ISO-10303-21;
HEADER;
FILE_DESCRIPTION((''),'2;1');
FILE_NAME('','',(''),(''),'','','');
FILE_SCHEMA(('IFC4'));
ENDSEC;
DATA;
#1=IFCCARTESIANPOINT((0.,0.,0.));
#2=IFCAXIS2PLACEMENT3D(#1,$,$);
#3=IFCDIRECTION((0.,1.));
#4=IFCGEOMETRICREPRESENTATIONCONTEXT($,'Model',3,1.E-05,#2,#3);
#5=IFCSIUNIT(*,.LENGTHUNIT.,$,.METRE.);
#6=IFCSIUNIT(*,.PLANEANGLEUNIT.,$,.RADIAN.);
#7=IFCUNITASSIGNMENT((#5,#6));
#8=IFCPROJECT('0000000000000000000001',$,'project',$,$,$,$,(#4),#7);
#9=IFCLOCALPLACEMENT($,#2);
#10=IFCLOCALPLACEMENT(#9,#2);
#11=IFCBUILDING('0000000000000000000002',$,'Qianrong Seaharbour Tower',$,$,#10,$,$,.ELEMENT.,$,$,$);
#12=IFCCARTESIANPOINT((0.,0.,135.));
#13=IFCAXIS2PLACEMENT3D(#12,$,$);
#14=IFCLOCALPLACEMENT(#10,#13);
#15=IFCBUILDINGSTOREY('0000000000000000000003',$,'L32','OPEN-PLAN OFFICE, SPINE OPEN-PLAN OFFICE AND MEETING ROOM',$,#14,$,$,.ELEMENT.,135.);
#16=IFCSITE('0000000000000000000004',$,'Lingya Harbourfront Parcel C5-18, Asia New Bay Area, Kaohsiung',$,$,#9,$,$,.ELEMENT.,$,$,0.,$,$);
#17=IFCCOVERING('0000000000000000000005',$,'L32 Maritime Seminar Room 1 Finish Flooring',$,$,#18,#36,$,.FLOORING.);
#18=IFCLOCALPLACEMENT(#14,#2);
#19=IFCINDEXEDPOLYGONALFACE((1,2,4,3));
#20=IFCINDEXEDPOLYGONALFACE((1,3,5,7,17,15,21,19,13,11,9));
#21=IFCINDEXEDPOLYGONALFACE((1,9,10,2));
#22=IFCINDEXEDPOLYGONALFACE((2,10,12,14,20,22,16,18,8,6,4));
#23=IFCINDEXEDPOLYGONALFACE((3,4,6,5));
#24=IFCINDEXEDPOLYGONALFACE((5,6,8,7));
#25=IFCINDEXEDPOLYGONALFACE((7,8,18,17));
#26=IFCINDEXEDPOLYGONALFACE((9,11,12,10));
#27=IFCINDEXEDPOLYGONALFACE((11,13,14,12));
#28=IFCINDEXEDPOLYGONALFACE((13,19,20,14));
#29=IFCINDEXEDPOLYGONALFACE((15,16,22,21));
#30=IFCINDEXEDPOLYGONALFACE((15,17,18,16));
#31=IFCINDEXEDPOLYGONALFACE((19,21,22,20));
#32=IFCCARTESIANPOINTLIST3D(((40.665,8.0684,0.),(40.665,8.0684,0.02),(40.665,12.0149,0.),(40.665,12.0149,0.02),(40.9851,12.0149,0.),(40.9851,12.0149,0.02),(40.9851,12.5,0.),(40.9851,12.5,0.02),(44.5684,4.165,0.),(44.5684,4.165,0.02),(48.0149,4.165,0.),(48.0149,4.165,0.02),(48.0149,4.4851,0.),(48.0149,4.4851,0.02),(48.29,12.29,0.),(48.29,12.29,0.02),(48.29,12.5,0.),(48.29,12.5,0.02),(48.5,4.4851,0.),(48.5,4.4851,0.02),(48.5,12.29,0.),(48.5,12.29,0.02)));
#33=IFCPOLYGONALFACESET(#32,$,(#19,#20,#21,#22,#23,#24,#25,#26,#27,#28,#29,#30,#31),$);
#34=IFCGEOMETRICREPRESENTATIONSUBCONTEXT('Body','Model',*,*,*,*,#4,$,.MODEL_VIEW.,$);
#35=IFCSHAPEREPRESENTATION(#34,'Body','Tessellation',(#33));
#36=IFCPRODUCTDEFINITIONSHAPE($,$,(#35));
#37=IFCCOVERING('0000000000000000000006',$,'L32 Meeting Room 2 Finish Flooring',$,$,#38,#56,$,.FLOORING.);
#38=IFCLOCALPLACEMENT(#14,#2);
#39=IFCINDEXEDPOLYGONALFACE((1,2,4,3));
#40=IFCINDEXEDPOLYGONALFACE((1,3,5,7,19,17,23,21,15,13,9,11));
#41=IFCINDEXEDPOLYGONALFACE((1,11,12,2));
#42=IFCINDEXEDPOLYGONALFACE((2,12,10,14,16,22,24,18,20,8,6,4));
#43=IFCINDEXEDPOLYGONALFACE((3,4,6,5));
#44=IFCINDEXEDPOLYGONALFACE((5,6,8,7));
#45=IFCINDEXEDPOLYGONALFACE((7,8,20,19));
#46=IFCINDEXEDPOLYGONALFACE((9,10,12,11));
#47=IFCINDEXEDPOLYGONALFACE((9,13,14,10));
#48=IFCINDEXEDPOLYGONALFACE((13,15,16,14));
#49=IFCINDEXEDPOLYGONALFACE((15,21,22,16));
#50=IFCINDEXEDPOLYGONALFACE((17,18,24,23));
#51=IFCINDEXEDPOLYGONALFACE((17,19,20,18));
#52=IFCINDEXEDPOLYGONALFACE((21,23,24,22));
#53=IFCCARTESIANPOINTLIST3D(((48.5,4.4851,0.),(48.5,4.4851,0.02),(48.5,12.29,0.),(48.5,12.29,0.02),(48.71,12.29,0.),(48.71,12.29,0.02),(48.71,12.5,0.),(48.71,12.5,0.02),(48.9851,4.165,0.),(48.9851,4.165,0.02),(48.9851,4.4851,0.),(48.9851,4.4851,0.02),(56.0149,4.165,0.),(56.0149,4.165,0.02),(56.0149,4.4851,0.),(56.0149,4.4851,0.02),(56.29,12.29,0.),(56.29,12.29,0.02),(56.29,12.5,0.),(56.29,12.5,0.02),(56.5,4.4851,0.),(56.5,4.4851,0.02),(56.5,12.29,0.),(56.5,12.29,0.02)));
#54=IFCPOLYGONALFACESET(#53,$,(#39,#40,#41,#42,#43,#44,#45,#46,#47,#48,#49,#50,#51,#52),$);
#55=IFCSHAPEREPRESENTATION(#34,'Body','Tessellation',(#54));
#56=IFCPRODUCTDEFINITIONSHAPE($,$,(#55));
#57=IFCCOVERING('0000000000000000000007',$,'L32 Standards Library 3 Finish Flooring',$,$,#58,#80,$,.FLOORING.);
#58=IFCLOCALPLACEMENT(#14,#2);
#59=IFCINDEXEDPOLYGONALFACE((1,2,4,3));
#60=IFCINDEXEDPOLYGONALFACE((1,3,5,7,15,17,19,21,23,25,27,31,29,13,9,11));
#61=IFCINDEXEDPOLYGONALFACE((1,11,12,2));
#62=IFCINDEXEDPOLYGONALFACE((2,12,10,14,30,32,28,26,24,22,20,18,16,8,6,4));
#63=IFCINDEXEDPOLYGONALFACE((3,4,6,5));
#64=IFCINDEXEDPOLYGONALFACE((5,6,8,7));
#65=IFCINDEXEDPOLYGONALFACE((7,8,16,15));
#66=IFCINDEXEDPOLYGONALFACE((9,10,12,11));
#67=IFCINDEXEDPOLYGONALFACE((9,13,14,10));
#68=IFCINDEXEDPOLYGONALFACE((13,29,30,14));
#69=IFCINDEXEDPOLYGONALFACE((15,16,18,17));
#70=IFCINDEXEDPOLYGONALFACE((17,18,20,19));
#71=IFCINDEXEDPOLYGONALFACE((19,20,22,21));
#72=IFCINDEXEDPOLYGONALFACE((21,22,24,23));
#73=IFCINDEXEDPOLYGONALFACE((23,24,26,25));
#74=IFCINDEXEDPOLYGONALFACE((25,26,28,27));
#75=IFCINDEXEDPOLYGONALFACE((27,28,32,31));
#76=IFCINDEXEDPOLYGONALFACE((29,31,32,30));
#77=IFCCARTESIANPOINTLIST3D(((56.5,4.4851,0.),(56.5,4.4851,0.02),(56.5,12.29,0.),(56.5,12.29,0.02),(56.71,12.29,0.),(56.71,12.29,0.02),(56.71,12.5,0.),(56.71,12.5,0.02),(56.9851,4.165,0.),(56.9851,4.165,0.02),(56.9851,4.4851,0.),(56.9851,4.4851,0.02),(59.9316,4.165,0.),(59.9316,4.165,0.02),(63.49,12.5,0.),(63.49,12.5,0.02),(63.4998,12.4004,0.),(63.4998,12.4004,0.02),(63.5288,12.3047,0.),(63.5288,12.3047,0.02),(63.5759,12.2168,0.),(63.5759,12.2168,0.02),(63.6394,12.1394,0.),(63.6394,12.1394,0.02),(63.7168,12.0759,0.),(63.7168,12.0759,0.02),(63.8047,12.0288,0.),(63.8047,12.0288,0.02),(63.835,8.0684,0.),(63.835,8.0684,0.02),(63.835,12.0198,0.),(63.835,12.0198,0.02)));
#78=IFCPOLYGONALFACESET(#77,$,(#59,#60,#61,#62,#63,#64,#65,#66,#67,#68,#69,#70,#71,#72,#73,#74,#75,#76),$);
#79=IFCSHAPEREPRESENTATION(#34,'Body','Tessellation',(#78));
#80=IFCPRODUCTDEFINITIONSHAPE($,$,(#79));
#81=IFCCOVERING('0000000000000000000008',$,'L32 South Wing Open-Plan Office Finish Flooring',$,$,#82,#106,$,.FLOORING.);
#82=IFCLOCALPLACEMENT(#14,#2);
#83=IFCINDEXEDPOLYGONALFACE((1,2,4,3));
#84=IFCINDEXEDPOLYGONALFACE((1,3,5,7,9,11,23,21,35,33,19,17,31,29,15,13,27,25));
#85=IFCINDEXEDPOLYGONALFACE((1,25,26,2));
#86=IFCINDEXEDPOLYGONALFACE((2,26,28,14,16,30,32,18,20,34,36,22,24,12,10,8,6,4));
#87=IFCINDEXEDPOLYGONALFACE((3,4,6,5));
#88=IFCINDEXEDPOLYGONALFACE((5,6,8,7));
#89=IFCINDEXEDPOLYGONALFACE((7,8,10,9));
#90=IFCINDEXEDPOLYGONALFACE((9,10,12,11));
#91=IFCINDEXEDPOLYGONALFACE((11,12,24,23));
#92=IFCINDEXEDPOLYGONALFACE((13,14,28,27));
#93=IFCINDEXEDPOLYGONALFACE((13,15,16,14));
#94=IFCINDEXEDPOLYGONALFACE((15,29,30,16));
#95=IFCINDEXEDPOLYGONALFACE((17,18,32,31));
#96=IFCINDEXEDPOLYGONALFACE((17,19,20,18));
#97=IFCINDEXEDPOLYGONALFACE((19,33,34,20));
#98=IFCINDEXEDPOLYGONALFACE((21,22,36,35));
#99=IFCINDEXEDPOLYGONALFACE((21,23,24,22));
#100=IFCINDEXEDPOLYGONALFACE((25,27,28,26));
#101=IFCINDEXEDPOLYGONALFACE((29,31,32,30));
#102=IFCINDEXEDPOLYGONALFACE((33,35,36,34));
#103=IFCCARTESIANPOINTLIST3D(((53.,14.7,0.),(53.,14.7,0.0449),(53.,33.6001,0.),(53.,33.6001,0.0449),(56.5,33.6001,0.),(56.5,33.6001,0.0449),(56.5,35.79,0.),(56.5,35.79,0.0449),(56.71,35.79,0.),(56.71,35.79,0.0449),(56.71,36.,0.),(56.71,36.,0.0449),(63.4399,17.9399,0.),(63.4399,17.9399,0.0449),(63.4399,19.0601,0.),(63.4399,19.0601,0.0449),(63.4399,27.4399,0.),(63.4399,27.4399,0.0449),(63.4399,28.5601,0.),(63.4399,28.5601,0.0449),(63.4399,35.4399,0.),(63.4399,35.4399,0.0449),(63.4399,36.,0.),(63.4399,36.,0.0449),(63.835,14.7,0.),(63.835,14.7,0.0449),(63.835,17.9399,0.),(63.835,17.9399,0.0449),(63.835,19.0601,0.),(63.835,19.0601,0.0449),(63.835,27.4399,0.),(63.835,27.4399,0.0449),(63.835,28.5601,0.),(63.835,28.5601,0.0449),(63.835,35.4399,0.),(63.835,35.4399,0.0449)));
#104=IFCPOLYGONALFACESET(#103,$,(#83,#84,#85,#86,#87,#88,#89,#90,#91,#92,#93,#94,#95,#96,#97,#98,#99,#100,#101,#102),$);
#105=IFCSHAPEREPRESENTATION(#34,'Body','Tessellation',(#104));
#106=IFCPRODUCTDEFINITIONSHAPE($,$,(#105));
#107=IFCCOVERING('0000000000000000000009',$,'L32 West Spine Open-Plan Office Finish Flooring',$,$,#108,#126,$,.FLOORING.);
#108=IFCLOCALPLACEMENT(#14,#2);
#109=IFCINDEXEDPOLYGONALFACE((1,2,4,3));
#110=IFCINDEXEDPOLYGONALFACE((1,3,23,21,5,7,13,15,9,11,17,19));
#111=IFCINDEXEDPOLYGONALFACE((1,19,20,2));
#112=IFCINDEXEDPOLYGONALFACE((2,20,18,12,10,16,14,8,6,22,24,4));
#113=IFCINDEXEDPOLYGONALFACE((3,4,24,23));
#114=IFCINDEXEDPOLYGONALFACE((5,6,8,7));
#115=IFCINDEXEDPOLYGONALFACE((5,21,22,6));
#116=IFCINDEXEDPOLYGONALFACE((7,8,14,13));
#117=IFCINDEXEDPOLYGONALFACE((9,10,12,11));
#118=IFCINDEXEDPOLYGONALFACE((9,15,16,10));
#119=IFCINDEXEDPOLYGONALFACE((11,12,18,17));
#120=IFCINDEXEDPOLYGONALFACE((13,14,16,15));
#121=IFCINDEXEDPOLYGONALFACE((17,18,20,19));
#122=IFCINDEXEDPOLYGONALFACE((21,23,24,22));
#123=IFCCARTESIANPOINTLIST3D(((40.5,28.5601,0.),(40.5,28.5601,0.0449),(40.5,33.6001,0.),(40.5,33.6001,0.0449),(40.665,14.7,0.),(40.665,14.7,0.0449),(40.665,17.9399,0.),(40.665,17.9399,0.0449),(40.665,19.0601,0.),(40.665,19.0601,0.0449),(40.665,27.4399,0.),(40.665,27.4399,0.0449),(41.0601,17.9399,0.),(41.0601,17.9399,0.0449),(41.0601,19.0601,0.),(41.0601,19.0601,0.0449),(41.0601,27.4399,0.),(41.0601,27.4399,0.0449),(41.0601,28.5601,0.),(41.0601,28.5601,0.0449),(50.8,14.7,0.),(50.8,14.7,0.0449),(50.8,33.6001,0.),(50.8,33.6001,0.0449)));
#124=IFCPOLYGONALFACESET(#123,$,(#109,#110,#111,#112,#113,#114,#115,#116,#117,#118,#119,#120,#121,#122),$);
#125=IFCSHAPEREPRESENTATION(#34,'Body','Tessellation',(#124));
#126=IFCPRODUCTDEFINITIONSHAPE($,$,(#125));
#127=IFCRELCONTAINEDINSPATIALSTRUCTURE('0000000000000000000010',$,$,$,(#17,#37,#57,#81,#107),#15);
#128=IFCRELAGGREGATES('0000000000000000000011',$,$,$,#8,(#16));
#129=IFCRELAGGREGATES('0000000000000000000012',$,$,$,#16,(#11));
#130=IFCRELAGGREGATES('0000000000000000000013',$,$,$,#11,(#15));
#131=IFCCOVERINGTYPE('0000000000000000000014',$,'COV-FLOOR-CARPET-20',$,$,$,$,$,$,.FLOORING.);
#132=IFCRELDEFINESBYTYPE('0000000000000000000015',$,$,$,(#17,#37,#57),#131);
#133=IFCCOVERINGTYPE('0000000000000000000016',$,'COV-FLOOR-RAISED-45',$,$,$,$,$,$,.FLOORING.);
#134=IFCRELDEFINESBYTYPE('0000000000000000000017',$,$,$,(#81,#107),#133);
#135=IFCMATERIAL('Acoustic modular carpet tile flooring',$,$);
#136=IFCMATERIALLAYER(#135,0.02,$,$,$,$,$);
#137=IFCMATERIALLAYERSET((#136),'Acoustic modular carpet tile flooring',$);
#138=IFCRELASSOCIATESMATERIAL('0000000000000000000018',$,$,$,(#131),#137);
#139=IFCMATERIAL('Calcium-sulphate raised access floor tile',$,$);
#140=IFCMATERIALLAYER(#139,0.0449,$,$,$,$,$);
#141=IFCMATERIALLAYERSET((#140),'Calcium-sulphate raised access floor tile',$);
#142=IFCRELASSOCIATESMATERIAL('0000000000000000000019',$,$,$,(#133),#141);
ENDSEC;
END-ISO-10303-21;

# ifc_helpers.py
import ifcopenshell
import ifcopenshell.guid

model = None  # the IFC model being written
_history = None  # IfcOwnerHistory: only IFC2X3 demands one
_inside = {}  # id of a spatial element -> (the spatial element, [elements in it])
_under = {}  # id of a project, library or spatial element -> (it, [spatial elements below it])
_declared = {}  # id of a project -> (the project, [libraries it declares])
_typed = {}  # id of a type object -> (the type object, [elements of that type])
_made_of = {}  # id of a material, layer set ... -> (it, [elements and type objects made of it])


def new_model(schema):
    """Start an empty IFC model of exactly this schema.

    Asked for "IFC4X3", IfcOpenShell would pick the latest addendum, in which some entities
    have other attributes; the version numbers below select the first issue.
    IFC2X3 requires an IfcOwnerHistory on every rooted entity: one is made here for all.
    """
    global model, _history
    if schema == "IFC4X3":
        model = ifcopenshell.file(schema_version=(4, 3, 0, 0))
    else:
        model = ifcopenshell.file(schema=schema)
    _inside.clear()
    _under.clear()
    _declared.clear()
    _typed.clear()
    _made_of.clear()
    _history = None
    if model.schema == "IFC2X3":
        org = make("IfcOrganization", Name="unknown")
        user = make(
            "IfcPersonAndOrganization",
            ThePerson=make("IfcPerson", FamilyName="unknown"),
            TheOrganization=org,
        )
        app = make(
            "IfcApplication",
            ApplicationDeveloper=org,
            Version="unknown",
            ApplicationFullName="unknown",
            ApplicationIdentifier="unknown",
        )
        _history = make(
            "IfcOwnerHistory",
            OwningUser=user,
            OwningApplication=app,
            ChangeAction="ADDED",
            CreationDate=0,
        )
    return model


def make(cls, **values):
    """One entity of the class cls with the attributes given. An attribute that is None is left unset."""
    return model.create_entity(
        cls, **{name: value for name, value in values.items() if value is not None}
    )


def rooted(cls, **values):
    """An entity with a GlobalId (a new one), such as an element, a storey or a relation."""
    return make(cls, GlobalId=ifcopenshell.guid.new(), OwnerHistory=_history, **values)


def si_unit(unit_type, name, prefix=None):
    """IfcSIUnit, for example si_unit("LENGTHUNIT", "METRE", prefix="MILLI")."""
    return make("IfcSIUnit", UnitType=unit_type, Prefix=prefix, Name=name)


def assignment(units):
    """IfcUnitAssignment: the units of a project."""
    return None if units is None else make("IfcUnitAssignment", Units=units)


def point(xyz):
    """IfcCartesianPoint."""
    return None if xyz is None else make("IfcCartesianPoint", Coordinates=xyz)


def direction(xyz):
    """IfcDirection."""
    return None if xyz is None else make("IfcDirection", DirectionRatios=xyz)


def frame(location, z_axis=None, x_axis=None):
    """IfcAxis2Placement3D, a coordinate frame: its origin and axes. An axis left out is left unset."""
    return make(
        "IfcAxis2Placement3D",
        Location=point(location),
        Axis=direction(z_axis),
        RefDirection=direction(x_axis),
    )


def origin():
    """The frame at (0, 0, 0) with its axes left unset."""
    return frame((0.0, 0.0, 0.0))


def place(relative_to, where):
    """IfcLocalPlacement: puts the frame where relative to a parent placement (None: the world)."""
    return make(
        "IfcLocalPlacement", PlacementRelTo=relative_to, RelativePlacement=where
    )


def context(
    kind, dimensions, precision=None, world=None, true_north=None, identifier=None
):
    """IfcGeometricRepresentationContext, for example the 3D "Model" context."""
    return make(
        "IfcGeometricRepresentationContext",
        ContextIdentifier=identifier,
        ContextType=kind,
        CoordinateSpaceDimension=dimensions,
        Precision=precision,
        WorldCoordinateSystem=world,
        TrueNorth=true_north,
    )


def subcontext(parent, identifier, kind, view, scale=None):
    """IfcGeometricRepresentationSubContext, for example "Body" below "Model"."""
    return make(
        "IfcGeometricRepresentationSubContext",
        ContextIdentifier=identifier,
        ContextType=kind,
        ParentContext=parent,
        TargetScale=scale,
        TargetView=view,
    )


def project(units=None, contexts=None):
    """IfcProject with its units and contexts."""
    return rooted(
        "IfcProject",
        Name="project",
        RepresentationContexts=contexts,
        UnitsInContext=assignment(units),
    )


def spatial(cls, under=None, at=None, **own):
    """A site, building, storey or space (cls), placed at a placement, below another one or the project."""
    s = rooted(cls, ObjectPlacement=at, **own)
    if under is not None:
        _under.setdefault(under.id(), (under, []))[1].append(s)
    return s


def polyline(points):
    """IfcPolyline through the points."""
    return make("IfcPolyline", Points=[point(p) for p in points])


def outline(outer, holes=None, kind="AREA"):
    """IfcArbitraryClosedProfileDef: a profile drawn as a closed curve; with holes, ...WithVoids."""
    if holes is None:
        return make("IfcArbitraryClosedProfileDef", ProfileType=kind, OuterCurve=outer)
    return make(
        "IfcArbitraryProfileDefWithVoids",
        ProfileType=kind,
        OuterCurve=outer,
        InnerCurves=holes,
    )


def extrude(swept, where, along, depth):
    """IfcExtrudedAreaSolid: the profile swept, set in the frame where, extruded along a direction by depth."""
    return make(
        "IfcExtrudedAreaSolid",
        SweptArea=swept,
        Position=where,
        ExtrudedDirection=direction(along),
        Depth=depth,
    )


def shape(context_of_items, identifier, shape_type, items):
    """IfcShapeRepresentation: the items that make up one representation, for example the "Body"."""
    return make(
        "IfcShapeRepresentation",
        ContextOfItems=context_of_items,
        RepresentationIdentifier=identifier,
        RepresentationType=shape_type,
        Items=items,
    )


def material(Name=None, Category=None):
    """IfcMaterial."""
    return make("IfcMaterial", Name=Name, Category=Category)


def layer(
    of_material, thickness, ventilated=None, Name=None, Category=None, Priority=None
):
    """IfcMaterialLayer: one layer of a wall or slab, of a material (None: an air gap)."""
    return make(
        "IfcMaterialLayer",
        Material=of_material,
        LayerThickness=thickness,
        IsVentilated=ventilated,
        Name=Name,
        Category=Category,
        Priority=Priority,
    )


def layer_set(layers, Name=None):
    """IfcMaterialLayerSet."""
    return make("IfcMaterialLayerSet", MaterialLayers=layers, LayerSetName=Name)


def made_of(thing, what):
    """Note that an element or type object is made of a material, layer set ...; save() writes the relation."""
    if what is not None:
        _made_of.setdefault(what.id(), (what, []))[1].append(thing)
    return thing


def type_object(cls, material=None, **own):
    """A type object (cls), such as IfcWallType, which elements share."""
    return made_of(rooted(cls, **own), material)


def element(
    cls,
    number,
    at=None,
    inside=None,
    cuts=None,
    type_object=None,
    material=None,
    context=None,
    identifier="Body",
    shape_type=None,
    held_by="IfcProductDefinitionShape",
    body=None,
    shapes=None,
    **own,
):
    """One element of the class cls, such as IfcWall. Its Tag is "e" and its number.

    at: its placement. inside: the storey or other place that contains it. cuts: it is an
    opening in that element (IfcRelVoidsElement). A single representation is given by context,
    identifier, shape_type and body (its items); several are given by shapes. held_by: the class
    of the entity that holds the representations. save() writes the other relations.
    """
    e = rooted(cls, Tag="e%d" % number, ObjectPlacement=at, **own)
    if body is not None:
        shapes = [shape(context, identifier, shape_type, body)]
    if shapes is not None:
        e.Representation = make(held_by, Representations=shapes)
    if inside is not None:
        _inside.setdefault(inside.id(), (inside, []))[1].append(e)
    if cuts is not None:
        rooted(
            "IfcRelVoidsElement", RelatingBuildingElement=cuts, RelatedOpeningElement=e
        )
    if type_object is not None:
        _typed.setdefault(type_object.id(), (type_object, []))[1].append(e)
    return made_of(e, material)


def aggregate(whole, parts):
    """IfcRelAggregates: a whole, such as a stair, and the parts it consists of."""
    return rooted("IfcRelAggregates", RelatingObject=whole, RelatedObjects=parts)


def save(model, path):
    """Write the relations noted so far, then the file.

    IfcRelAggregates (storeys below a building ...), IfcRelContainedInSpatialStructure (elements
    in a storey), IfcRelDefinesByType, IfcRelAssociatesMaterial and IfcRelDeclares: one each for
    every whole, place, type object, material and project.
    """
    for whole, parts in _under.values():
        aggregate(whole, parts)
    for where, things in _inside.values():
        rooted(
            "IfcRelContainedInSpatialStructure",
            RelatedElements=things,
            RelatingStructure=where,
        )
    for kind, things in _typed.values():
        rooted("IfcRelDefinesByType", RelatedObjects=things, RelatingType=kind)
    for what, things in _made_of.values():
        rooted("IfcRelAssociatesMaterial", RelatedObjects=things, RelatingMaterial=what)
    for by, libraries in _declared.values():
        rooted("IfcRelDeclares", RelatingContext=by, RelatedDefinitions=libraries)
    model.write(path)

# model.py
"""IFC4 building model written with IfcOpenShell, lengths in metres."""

from ifc_helpers import new_model, si_unit, direction, frame, origin, place, context, subcontext, project, spatial, polyline, outline, extrude, material, layer, layer_set, type_object, element, save


model = new_model("IFC4")

# Units and contexts
model_context = context("Model", 3, precision=1e-05, world=origin(), true_north=direction((0.0, 1.0)))
body_context = subcontext(model_context, "Body", "Model", "MODEL_VIEW")
ifc_project = project(units=[si_unit("LENGTHUNIT", "METRE"), si_unit("PLANEANGLEUNIT", "RADIAN")], contexts=[model_context])

# Site, building, storey
site_placement = place(None, origin())
site = spatial("IfcSite", under=ifc_project, at=site_placement, Name="Lingya Harbourfront Parcel C5-18, Asia New Bay Area, Kaohsiung", CompositionType="ELEMENT", RefElevation=0.0)
building_placement = place(site_placement, origin())
building = spatial("IfcBuilding", under=site, at=building_placement, Name="Qianrong Seaharbour Tower", CompositionType="ELEMENT")
storey_placement = place(building_placement, frame((0.0, 0.0, 135.0)))
storey = spatial("IfcBuildingStorey", under=building, at=storey_placement, Name="L32", Description="OPEN-PLAN OFFICE, SPINE OPEN-PLAN OFFICE AND MEETING ROOM", CompositionType="ELEMENT", Elevation=135.0)

# Coverings
ifc_material_1 = material(Name="Acoustic modular carpet tile flooring")
ifc_layer_1 = layer(ifc_material_1, 0.02)
ifc_layer_set_1 = layer_set([ifc_layer_1], Name="Acoustic modular carpet tile flooring")
covering_type_1 = type_object("IfcCoveringType", Name="COV-FLOOR-CARPET-20", PredefinedType="FLOORING", material=ifc_layer_set_1)
covering_1_placement = place(storey_placement, origin())
element("IfcCovering", 1, at=covering_1_placement, inside=storey, type_object=covering_type_1, Name="L32 Maritime Seminar Room 1 Finish Flooring", PredefinedType="FLOORING", context=body_context, shape_type="SweptSolid", body=[
    extrude(outline(polyline([(44.5684, 4.165), (40.665, 8.0684), (40.665, 12.0149), (40.9851, 12.0149), (40.9851, 12.5), (48.29, 12.5), (48.29, 12.29), (48.5, 12.29), (48.5, 4.4851), (48.0149, 4.4851), (48.0149, 4.165), (44.5684, 4.165)])), origin(), (0.0, 0.0, 1.0), 0.02),
])
covering_2_placement = place(storey_placement, origin())
element("IfcCovering", 2, at=covering_2_placement, inside=storey, type_object=covering_type_1, Name="L32 Meeting Room 2 Finish Flooring", PredefinedType="FLOORING", context=body_context, shape_type="SweptSolid", body=[
    extrude(outline(polyline([(56.5, 4.4851), (56.0149, 4.4851), (56.0149, 4.165), (48.9851, 4.165), (48.9851, 4.4851), (48.5, 4.4851), (48.5, 12.29), (48.71, 12.29), (48.71, 12.5), (56.29, 12.5), (56.29, 12.29), (56.5, 12.29), (56.5, 4.4851)])), origin(), (0.0, 0.0, 1.0), 0.02),
])
covering_3_placement = place(storey_placement, origin())
element("IfcCovering", 3, at=covering_3_placement, inside=storey, type_object=covering_type_1, Name="L32 Standards Library 3 Finish Flooring", PredefinedType="FLOORING", context=body_context, shape_type="SweptSolid", body=[
    extrude(outline(polyline([(63.835, 8.0684), (59.9316, 4.165), (56.9851, 4.165), (56.9851, 4.4851), (56.5, 4.4851), (56.5, 12.29), (56.71, 12.29), (56.71, 12.5), (63.49, 12.5), (63.4998, 12.4004), (63.5288, 12.3047), (63.5759, 12.2168), (63.6394, 12.1394), (63.7168, 12.0759), (63.8047, 12.0288), (63.835, 12.0198), (63.835, 8.0684)])), origin(), (0.0, 0.0, 1.0), 0.02),
])
ifc_material_2 = material(Name="Calcium-sulphate raised access floor tile")
ifc_layer_2 = layer(ifc_material_2, 0.0449)
ifc_layer_set_2 = layer_set([ifc_layer_2], Name="Calcium-sulphate raised access floor tile")
covering_type_2 = type_object("IfcCoveringType", Name="COV-FLOOR-RAISED-45", PredefinedType="FLOORING", material=ifc_layer_set_2)
covering_4_placement = place(storey_placement, origin())
element("IfcCovering", 4, at=covering_4_placement, inside=storey, type_object=covering_type_2, Name="L32 South Wing Open-Plan Office Finish Flooring", PredefinedType="FLOORING", context=body_context, shape_type="SweptSolid", body=[
    extrude(outline(polyline([(56.5, 33.6001), (56.5, 35.79), (56.71, 35.79), (56.71, 36.0), (63.4399, 36.0), (63.4399, 35.4399), (63.835, 35.4399), (63.835, 28.5601), (63.4399, 28.5601), (63.4399, 27.4399), (63.835, 27.4399), (63.835, 19.0601), (63.4399, 19.0601), (63.4399, 17.9399), (63.835, 17.9399), (63.835, 14.7), (53.0, 14.7), (53.0, 33.6001), (56.5, 33.6001)])), origin(), (0.0, 0.0, 1.0), 0.0449),
])
covering_5_placement = place(storey_placement, origin())
element("IfcCovering", 5, at=covering_5_placement, inside=storey, type_object=covering_type_2, Name="L32 West Spine Open-Plan Office Finish Flooring", PredefinedType="FLOORING", context=body_context, shape_type="SweptSolid", body=[
    extrude(outline(polyline([(50.8, 14.7), (40.665, 14.7), (40.665, 17.9399), (41.0601, 17.9399), (41.0601, 19.0601), (40.665, 19.0601), (40.665, 27.4399), (41.0601, 27.4399), (41.0601, 28.5601), (40.5, 28.5601), (40.5, 33.6001), (50.8, 33.6001), (50.8, 14.7)])), origin(), (0.0, 0.0, 1.0), 0.0449),
])

save(model, "model.ifc")
